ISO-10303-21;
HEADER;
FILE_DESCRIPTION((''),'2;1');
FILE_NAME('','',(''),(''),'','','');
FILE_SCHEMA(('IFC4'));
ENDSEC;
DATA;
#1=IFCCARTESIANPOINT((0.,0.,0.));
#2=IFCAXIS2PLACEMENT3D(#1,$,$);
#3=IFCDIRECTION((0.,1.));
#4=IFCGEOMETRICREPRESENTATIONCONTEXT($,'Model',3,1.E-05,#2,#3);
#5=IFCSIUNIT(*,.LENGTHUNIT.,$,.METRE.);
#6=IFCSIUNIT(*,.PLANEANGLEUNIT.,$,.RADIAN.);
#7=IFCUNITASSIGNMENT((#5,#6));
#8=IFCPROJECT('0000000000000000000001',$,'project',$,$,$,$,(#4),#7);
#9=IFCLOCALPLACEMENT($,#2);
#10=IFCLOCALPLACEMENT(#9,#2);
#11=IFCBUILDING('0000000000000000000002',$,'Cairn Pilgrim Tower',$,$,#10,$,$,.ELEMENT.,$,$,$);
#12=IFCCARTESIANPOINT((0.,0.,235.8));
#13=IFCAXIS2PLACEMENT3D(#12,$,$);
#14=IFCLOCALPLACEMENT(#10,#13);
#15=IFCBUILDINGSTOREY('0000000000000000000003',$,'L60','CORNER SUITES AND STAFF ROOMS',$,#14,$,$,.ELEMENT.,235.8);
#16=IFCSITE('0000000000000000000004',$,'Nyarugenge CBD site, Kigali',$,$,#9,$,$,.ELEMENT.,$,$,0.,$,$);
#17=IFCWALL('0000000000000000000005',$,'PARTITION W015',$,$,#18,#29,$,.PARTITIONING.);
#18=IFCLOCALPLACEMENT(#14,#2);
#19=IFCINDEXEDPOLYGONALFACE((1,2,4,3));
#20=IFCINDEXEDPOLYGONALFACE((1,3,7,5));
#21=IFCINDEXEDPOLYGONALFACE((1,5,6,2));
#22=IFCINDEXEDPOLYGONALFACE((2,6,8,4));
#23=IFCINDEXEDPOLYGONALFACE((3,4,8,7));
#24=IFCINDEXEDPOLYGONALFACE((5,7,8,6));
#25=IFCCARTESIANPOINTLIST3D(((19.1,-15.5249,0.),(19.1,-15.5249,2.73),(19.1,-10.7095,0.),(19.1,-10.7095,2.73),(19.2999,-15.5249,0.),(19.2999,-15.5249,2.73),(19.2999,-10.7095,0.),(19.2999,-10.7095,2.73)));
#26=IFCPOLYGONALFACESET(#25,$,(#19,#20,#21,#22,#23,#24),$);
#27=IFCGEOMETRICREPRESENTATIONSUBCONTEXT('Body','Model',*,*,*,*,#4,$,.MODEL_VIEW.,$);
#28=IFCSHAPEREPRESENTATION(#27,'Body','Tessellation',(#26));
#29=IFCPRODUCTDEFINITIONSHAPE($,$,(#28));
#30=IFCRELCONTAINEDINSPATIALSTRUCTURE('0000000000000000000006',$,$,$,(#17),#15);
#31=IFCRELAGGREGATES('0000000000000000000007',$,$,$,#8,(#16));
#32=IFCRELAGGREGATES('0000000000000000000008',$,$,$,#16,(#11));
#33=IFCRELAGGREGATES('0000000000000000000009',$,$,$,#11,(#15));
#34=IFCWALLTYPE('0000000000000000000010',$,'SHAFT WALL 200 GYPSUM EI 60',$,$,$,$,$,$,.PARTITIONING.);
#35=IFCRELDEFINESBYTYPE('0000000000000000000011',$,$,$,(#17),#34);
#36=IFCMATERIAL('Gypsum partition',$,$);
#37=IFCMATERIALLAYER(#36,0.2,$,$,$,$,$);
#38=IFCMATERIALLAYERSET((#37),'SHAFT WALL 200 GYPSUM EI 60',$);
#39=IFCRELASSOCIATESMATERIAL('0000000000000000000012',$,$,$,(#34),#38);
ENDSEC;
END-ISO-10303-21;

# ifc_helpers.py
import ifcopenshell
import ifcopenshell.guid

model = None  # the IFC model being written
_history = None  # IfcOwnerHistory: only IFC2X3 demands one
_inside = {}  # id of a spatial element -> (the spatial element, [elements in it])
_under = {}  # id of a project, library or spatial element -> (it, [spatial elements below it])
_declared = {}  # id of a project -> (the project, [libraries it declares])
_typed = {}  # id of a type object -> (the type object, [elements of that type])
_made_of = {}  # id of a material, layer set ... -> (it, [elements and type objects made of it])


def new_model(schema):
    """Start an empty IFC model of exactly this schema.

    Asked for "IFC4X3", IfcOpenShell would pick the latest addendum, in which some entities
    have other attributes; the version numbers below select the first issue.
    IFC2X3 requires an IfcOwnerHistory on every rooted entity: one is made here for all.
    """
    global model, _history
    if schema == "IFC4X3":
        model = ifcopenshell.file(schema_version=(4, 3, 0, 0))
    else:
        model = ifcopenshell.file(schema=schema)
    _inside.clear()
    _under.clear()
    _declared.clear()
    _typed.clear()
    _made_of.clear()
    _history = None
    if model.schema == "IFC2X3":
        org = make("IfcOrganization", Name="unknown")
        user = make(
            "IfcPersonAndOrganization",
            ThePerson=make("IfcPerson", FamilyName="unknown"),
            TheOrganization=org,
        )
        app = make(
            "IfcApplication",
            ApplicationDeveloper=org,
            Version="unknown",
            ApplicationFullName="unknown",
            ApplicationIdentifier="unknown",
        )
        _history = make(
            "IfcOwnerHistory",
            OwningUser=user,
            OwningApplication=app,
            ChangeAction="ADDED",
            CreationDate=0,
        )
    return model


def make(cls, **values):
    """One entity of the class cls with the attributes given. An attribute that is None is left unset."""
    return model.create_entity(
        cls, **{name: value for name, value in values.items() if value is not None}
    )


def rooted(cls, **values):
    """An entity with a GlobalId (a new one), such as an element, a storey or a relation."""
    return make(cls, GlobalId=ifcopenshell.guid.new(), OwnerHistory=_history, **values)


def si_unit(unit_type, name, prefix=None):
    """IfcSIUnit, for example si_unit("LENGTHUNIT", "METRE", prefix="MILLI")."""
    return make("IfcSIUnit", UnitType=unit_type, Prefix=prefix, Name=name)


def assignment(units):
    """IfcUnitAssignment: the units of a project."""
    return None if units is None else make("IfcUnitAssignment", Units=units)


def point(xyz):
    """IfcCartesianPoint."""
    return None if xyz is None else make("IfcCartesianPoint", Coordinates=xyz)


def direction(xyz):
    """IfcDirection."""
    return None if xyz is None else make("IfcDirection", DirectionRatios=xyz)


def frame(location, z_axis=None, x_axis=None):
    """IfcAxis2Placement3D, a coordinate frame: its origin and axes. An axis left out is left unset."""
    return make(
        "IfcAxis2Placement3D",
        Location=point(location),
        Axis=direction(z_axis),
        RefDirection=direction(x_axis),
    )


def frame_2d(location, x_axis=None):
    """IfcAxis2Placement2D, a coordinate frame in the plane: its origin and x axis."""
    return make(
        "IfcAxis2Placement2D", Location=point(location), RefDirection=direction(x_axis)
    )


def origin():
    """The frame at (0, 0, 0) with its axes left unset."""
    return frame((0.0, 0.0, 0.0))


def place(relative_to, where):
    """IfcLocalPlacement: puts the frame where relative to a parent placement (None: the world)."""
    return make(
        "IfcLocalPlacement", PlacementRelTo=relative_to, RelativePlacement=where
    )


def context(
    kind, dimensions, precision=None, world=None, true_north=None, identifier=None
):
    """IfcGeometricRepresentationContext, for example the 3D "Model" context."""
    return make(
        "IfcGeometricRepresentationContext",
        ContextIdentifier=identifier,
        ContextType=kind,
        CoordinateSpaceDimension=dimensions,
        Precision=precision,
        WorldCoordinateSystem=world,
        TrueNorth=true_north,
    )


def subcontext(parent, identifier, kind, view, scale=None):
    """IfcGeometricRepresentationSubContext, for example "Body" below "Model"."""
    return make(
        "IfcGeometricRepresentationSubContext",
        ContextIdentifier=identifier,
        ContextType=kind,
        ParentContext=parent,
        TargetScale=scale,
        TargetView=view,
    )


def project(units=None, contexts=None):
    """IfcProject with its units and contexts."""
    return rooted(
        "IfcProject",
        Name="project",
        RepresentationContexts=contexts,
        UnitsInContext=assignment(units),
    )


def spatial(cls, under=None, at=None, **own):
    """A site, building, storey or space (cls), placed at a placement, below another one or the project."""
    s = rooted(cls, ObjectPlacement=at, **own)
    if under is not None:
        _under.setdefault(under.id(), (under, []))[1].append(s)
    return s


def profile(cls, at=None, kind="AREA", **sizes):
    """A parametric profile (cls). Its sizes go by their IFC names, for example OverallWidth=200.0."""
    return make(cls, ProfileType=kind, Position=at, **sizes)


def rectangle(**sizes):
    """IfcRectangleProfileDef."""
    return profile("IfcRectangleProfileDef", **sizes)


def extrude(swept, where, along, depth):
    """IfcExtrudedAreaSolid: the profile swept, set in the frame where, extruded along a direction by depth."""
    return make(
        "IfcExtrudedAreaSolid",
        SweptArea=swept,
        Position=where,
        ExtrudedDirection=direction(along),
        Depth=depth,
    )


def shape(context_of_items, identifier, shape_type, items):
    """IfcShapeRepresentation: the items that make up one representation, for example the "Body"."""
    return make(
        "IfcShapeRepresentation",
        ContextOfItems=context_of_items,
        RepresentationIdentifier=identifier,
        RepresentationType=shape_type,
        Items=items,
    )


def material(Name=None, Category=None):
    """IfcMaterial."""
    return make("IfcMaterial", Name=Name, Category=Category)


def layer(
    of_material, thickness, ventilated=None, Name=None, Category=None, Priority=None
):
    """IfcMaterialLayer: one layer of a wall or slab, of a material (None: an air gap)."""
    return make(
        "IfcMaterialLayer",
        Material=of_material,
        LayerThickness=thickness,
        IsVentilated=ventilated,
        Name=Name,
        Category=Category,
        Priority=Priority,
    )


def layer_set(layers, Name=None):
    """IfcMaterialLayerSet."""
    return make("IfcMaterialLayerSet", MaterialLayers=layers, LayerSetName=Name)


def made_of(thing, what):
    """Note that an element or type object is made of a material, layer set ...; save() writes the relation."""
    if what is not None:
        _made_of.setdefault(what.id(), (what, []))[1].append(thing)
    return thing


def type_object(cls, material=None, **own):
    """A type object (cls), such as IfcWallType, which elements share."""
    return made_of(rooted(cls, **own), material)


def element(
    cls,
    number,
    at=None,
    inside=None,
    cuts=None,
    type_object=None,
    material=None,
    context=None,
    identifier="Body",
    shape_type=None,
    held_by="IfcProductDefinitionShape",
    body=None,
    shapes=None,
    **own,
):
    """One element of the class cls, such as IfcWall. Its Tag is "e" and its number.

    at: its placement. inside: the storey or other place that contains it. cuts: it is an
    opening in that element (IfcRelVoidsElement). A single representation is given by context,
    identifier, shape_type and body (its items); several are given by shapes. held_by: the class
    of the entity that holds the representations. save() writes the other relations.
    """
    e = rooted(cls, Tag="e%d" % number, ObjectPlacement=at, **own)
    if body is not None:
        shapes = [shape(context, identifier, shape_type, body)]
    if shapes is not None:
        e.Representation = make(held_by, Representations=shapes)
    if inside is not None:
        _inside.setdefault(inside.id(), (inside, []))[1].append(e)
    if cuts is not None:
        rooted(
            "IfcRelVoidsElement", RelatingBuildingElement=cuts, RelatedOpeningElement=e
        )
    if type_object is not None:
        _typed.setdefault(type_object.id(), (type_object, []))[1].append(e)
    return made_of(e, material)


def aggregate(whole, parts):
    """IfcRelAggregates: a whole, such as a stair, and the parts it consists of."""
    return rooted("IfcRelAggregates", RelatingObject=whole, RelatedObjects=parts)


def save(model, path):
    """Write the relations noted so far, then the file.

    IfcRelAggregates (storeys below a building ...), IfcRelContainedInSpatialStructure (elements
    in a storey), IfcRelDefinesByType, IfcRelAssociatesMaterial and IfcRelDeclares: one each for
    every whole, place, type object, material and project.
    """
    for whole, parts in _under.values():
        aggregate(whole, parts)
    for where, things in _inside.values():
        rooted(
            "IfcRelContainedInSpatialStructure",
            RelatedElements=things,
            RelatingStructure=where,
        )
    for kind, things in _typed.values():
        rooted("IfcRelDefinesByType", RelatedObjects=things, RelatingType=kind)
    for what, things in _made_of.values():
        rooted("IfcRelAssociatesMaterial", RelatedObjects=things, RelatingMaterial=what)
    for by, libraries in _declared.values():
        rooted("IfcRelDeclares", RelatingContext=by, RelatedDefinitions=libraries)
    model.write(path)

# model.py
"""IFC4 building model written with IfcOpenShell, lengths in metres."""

from ifc_helpers import new_model, si_unit, direction, frame, frame_2d, origin, place, context, subcontext, project, spatial, rectangle, extrude, material, layer, layer_set, type_object, element, save


model = new_model("IFC4")

# Units and contexts
model_context = context("Model", 3, precision=1e-05, world=origin(), true_north=direction((0.0, 1.0)))
body_context = subcontext(model_context, "Body", "Model", "MODEL_VIEW")
ifc_project = project(units=[si_unit("LENGTHUNIT", "METRE"), si_unit("PLANEANGLEUNIT", "RADIAN")], contexts=[model_context])

# Site, building, storey
site_placement = place(None, origin())
site = spatial("IfcSite", under=ifc_project, at=site_placement, Name="Nyarugenge CBD site, Kigali", CompositionType="ELEMENT", RefElevation=0.0)
building_placement = place(site_placement, origin())
building = spatial("IfcBuilding", under=site, at=building_placement, Name="Cairn Pilgrim Tower", CompositionType="ELEMENT")
storey_placement = place(building_placement, frame((0.0, 0.0, 235.8)))
storey = spatial("IfcBuildingStorey", under=building, at=storey_placement, Name="L60", Description="CORNER SUITES AND STAFF ROOMS", CompositionType="ELEMENT", Elevation=235.8)

# Shared definitions
ifc_material_1 = material(Name="Gypsum partition")

# Wall
ifc_layer_1 = layer(ifc_material_1, 0.2)
ifc_layer_set_1 = layer_set([ifc_layer_1], Name="SHAFT WALL 200 GYPSUM EI 60")
wall_type_1 = type_object("IfcWallType", Name="SHAFT WALL 200 GYPSUM EI 60", PredefinedType="PARTITIONING", material=ifc_layer_set_1)
wall_1_placement = place(storey_placement, frame((19.2, -15.5249, 0.0), z_axis=(0.0, 0.0, 1.0), x_axis=(0.0, 1.0, 0.0)))
element("IfcWall", 1, at=wall_1_placement, inside=storey, type_object=wall_type_1, Name="PARTITION W015", PredefinedType="PARTITIONING", context=body_context, shape_type="SweptSolid", body=[
    extrude(rectangle(XDim=4.8154, YDim=0.2, at=frame_2d((2.4077, 0.0))), origin(), (0.0, 0.0, 1.0), 2.73),
])

save(model, "model.ifc")
